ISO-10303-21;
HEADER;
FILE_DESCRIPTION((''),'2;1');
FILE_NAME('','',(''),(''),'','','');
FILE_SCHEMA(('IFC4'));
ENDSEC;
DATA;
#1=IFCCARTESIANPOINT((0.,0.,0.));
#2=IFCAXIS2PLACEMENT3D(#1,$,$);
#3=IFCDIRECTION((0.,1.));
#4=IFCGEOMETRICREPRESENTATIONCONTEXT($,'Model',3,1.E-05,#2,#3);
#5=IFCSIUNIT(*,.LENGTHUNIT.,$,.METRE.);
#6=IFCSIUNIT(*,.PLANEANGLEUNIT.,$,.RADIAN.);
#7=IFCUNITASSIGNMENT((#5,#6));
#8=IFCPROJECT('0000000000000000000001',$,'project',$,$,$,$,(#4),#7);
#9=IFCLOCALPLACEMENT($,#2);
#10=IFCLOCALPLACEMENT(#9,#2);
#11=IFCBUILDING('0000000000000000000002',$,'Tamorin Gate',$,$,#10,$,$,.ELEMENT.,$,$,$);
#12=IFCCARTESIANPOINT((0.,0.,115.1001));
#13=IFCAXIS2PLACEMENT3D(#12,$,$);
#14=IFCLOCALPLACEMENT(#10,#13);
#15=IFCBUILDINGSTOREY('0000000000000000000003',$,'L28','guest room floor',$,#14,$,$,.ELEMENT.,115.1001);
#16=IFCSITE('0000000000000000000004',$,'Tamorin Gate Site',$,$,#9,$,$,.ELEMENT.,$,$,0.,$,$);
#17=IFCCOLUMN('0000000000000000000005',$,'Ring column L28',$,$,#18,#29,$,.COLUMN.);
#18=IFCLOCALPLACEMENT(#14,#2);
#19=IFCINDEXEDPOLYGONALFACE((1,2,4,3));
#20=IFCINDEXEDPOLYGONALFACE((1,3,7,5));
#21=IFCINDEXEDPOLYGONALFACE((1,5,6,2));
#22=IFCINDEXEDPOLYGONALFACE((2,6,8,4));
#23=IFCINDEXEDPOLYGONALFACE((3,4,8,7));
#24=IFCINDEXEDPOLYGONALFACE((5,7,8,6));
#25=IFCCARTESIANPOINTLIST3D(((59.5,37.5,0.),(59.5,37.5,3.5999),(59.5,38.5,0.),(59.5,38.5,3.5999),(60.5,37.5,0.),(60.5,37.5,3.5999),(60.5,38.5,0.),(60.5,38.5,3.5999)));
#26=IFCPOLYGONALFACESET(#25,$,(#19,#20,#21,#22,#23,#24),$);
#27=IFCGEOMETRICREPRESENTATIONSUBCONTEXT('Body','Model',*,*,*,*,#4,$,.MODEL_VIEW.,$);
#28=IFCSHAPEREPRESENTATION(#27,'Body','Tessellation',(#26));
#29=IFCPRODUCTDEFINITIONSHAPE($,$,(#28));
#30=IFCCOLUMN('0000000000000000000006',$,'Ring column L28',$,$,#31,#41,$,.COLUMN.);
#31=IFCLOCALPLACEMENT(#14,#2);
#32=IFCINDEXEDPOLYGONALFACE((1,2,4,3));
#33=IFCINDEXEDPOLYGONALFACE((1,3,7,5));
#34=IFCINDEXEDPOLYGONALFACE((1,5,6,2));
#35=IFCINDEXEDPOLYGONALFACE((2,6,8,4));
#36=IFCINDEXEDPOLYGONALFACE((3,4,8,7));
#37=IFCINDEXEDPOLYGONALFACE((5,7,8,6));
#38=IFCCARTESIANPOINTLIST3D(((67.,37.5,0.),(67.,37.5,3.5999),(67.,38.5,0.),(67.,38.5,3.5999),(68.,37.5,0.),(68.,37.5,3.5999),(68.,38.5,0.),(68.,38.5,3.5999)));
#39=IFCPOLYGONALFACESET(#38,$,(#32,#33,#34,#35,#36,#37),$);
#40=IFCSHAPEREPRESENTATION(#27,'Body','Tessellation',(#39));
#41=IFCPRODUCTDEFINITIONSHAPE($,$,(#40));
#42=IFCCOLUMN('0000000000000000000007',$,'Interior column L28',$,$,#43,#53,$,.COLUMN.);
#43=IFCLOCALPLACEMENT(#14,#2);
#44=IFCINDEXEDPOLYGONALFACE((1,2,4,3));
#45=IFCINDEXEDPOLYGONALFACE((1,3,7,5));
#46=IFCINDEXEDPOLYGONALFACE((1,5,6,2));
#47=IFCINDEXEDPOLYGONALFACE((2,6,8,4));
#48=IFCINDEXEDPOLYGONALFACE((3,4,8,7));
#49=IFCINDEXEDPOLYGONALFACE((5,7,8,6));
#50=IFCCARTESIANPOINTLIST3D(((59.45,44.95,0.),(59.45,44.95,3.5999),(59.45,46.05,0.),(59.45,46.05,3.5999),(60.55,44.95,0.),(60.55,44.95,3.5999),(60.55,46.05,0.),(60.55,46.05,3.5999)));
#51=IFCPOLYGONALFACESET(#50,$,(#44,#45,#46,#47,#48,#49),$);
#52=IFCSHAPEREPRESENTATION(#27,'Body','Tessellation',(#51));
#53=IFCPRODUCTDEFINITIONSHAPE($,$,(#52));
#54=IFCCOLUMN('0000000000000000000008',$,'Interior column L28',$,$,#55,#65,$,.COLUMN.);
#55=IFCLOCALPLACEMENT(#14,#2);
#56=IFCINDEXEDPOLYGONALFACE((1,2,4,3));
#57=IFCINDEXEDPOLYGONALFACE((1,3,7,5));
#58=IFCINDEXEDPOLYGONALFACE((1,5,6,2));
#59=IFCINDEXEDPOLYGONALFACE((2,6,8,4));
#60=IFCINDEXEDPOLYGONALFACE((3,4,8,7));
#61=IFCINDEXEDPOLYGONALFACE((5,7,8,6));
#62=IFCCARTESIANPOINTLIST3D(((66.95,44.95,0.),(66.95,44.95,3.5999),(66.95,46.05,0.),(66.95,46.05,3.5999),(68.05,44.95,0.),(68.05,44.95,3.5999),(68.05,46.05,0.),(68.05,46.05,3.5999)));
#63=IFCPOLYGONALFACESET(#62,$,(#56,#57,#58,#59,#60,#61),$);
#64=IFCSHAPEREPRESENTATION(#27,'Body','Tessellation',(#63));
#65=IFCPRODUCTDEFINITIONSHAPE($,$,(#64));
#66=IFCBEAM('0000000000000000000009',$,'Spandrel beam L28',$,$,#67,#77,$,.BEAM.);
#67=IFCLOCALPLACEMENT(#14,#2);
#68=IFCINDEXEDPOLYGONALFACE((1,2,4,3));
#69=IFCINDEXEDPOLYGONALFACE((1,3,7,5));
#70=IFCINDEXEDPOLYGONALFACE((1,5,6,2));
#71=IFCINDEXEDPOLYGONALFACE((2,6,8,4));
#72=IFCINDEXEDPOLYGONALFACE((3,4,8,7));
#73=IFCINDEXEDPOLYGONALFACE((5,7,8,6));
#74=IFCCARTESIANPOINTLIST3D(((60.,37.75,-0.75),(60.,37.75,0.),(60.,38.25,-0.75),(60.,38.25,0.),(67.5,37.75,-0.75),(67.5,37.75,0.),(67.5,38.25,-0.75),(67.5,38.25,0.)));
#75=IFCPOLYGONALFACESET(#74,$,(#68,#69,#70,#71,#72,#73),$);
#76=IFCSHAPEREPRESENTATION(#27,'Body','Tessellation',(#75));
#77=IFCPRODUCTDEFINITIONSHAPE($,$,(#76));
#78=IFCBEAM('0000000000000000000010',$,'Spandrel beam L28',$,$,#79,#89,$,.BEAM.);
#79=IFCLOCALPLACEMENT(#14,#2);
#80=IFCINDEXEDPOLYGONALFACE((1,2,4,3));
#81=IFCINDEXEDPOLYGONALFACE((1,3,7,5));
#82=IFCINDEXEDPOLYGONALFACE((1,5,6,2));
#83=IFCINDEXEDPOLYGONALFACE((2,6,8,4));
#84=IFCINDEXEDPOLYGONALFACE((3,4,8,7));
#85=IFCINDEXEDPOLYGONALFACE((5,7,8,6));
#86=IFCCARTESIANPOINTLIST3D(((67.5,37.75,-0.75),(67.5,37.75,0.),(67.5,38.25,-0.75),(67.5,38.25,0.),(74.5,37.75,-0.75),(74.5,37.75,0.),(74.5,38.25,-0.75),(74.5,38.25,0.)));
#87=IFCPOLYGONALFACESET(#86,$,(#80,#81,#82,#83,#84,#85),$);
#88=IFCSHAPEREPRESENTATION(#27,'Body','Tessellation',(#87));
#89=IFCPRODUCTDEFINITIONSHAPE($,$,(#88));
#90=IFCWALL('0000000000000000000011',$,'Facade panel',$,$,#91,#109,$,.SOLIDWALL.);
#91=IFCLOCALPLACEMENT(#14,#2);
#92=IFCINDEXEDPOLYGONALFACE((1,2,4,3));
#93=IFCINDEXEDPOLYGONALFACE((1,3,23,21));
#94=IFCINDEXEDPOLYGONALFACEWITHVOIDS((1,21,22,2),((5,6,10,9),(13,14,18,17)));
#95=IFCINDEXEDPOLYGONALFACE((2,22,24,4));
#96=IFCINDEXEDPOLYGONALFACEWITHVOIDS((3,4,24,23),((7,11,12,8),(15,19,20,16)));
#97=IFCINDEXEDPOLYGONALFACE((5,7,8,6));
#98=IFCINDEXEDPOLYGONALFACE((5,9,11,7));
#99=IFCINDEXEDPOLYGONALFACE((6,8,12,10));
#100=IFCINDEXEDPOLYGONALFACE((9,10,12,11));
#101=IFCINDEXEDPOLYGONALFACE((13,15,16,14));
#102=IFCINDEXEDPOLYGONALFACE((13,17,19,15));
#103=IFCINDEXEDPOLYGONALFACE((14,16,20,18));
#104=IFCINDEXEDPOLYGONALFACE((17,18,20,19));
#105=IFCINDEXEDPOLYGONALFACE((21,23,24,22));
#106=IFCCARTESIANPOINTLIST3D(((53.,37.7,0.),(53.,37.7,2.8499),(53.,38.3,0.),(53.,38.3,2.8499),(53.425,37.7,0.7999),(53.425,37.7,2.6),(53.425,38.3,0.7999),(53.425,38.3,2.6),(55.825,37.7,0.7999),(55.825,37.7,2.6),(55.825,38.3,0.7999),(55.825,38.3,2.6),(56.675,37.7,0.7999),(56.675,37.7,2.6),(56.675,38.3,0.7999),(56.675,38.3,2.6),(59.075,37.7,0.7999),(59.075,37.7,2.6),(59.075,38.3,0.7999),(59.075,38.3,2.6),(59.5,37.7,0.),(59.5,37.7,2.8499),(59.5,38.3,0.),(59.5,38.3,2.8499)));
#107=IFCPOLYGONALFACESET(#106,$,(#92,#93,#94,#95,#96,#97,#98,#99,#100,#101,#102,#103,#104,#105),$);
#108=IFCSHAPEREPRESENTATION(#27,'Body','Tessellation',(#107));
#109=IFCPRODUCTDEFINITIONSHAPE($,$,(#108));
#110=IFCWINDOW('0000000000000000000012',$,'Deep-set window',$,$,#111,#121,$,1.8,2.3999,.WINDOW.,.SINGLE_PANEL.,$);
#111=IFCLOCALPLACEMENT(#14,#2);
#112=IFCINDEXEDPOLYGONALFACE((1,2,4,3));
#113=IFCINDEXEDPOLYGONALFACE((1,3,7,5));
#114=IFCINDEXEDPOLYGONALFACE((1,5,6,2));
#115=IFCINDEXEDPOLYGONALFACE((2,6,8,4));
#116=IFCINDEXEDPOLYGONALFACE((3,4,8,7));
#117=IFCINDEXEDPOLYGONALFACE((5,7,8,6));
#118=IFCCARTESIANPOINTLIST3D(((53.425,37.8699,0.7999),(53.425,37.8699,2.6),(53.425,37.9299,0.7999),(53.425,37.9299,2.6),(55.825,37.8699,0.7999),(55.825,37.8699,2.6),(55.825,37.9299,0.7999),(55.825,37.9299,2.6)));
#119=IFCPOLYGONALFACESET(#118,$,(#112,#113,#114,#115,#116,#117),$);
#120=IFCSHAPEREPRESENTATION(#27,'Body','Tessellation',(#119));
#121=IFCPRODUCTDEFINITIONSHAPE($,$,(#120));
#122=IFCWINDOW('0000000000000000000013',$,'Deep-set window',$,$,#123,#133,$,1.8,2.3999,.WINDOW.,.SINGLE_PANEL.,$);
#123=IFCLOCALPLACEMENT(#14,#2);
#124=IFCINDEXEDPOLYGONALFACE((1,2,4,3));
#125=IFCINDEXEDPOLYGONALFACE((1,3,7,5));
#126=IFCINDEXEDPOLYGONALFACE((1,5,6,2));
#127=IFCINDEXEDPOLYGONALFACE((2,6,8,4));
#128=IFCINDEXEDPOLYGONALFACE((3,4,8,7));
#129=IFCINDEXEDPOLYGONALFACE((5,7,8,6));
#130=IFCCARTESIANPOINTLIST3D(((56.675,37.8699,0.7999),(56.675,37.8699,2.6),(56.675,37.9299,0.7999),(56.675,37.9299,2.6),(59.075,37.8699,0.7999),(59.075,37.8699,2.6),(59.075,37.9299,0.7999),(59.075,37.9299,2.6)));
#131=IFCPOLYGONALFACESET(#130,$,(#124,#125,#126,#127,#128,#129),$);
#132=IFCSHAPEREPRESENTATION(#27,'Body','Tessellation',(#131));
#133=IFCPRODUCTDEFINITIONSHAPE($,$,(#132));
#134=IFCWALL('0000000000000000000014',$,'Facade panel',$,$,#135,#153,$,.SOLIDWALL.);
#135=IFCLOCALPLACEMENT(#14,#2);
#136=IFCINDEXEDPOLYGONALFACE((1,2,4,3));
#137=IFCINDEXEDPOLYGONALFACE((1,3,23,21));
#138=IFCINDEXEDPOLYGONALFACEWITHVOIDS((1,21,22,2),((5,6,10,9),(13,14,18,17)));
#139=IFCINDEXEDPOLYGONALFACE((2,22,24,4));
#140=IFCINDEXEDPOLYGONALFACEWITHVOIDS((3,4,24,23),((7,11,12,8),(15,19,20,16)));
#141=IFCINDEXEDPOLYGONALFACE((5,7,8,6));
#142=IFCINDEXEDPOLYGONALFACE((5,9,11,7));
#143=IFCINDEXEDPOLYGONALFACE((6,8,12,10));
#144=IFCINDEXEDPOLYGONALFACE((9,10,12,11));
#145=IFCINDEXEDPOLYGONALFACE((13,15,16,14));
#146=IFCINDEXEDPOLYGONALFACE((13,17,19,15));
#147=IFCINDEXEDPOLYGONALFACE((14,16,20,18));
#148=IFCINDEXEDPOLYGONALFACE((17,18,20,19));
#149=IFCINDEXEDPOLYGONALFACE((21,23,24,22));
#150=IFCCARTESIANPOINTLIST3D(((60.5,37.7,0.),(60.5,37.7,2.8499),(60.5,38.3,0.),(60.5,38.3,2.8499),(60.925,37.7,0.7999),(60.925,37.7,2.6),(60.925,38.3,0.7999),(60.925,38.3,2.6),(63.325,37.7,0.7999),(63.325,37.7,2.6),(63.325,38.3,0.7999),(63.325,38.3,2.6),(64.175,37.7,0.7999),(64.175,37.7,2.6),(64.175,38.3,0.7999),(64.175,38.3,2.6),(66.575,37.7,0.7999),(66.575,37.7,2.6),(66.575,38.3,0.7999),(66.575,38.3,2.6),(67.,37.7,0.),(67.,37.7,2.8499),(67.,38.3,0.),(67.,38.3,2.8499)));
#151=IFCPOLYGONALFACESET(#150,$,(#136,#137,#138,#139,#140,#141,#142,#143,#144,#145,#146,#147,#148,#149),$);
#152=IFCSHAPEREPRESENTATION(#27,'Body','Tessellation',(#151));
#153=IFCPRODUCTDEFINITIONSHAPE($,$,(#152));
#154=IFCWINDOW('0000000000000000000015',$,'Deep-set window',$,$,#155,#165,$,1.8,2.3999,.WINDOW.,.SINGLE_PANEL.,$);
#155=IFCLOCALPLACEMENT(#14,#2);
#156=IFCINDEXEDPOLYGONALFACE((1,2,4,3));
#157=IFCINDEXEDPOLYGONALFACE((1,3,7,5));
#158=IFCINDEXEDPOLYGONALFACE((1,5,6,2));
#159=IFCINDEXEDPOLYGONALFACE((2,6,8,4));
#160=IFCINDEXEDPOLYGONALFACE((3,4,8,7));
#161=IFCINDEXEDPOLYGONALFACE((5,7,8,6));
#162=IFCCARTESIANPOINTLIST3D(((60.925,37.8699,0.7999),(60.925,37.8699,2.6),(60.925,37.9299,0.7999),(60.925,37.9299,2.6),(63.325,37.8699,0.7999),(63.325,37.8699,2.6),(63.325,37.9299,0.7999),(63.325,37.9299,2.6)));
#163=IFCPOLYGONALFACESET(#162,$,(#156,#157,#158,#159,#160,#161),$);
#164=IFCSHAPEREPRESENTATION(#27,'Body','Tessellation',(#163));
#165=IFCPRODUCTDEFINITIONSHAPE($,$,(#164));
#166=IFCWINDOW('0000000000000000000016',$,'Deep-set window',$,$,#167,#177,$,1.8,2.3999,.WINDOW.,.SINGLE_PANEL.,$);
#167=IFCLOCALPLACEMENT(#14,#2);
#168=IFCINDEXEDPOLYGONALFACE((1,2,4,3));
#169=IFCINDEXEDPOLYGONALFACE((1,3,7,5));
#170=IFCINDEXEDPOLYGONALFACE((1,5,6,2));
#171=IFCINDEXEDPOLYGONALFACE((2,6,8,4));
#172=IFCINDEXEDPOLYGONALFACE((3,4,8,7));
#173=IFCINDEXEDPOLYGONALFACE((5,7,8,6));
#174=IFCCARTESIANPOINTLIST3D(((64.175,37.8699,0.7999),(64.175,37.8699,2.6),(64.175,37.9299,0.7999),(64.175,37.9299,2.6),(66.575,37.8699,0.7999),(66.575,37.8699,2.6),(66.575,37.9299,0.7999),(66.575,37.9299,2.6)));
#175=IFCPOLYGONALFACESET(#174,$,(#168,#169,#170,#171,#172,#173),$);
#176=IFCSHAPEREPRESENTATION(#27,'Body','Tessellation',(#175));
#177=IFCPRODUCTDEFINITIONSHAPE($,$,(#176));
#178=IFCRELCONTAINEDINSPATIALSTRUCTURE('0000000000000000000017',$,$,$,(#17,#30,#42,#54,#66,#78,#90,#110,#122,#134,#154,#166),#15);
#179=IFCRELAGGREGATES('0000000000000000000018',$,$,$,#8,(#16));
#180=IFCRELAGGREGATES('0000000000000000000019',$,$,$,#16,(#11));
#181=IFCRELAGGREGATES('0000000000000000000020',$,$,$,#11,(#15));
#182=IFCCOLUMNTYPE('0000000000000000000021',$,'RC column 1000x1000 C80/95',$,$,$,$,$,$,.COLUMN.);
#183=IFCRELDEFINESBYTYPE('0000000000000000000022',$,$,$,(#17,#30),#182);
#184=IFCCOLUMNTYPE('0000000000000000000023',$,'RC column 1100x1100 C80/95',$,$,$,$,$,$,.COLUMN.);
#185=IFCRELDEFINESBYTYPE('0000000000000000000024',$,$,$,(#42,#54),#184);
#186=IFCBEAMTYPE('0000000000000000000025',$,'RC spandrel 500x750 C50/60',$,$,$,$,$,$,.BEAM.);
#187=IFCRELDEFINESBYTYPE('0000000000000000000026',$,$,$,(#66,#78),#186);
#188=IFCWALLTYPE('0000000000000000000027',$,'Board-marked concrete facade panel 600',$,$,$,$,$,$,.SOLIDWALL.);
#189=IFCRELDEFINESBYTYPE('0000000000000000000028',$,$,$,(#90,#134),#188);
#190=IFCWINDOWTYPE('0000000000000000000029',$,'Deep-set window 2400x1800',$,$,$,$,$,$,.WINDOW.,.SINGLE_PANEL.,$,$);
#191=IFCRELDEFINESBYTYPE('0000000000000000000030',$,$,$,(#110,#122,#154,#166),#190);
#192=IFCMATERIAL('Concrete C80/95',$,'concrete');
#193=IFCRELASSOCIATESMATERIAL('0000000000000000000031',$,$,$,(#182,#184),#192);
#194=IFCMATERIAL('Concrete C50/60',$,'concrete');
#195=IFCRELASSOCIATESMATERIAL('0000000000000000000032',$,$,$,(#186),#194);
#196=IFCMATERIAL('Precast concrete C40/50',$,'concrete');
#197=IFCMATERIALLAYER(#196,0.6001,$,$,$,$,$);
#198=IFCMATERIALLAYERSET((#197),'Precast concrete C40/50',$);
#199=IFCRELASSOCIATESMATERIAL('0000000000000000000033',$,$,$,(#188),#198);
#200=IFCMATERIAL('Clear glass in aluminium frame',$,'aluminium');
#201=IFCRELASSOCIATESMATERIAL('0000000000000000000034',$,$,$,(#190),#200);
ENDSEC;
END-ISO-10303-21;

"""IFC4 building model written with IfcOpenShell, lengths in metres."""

from ifc_helpers import new_model, si_unit, direction, frame, frame_2d, origin, origin_2d, place, context, subcontext, project, spatial, rectangle, extrude, material, layer, layer_set, material_profile, profile_set, type_object, element, fill, save


model = new_model("IFC4")

# Units and contexts
model_context = context("Model", 3, precision=1e-05, world=origin(), true_north=direction((0.0, 1.0)))
body_context = subcontext(model_context, "Body", "Model", "MODEL_VIEW")
ifc_project = project(units=[si_unit("LENGTHUNIT", "METRE"), si_unit("PLANEANGLEUNIT", "RADIAN")], contexts=[model_context])

# Site, building, storey
site_placement = place(None, origin())
site = spatial("IfcSite", under=ifc_project, at=site_placement, Name="Tamorin Gate Site", CompositionType="ELEMENT", RefElevation=0.0)
building_placement = place(site_placement, origin())
building = spatial("IfcBuilding", under=site, at=building_placement, Name="Tamorin Gate", CompositionType="ELEMENT")
storey_placement = place(building_placement, frame((0.0, 0.0, 115.1001)))
storey = spatial("IfcBuildingStorey", under=building, at=storey_placement, Name="L28", Description="guest room floor", CompositionType="ELEMENT", Elevation=115.1001)

# Columns
ifc_material_1 = material(Name="Concrete C80/95", Category="concrete")
ifc_material_profile_1 = material_profile(ifc_material_1, rectangle(XDim=1.0, YDim=1.0, at=origin_2d()), Name="RC 1000x1000")
ifc_profile_set_1 = profile_set([ifc_material_profile_1], Name="Concrete C80/95")
column_type_1 = type_object("IfcColumnType", Name="RC column 1000x1000 C80/95", PredefinedType="COLUMN", material=ifc_profile_set_1)
for number, where, z_axis, x_axis, name in (
    (1, (60.0, 38.0, 0.0), (0.0, 0.0, 1.0), (1.0, 0.0, 0.0), "Ring column L28"),
    (2, (67.5, 38.0, 0.0), (0.0, 0.0, 1.0), (1.0, 0.0, 0.0), "Ring column L28"),
):
    element("IfcColumn", number, at=place(storey_placement, frame(where, z_axis=z_axis, x_axis=x_axis)), inside=storey, type_object=column_type_1, Name=name, PredefinedType="COLUMN", context=body_context, shape_type="SweptSolid", body=[
        extrude(rectangle(XDim=1.0, YDim=1.0, at=origin_2d()), origin(), (0.0, 0.0, 1.0), 3.5999),
    ])
ifc_material_profile_2 = material_profile(ifc_material_1, rectangle(XDim=1.1001, YDim=1.1001, at=origin_2d()), Name="RC 1100x1100")
ifc_profile_set_2 = profile_set([ifc_material_profile_2], Name="Concrete C80/95")
column_type_2 = type_object("IfcColumnType", Name="RC column 1100x1100 C80/95", PredefinedType="COLUMN", material=ifc_profile_set_2)
for number, where, z_axis, x_axis, name in (
    (3, (60.0, 45.5, 0.0), (0.0, 0.0, 1.0), (1.0, 0.0, 0.0), "Interior column L28"),
    (4, (67.5, 45.5, 0.0), (0.0, 0.0, 1.0), (1.0, 0.0, 0.0), "Interior column L28"),
):
    element("IfcColumn", number, at=place(storey_placement, frame(where, z_axis=z_axis, x_axis=x_axis)), inside=storey, type_object=column_type_2, Name=name, PredefinedType="COLUMN", context=body_context, shape_type="SweptSolid", body=[
        extrude(rectangle(XDim=1.1001, YDim=1.1001, at=origin_2d()), origin(), (0.0, 0.0, 1.0), 3.5999),
    ])

# Beams
ifc_material_2 = material(Name="Concrete C50/60", Category="concrete")
ifc_material_profile_3 = material_profile(ifc_material_2, rectangle(XDim=0.5, YDim=0.75, at=origin_2d()), Name="RC 500x750")
ifc_profile_set_3 = profile_set([ifc_material_profile_3], Name="Concrete C50/60")
beam_type = type_object("IfcBeamType", Name="RC spandrel 500x750 C50/60", PredefinedType="BEAM", material=ifc_profile_set_3)
beam_1_placement = place(storey_placement, frame((60.0, 38.0, -0.375), z_axis=(1.0, 0.0, 0.0), x_axis=(0.0, 1.0, 0.0)))
element("IfcBeam", 5, at=beam_1_placement, inside=storey, type_object=beam_type, Name="Spandrel beam L28", PredefinedType="BEAM", context=body_context, shape_type="SweptSolid", body=[
    extrude(rectangle(XDim=0.5, YDim=0.75, at=origin_2d()), origin(), (0.0, 0.0, 1.0), 7.5),
])
beam_2_placement = place(storey_placement, frame((67.5, 38.0, -0.375), z_axis=(1.0, 0.0, 0.0), x_axis=(0.0, 1.0, 0.0)))
element("IfcBeam", 6, at=beam_2_placement, inside=storey, type_object=beam_type, Name="Spandrel beam L28", PredefinedType="BEAM", context=body_context, shape_type="SweptSolid", body=[
    extrude(rectangle(XDim=0.5, YDim=0.75, at=origin_2d()), origin(), (0.0, 0.0, 1.0), 7.0),
])

# Walls, openings, windows
ifc_material_3 = material(Name="Precast concrete C40/50", Category="concrete")
ifc_layer_1 = layer(ifc_material_3, 0.6001)
ifc_layer_set_1 = layer_set([ifc_layer_1], Name="Precast concrete C40/50")
wall_type_1 = type_object("IfcWallType", Name="Board-marked concrete facade panel 600", PredefinedType="SOLIDWALL", material=ifc_layer_set_1)
wall_1_placement = place(storey_placement, frame((53.0, 38.0, 0.0), z_axis=(0.0, 0.0, 1.0), x_axis=(1.0, 0.0, 0.0)))
wall_1 = element("IfcWall", 7, at=wall_1_placement, inside=storey, type_object=wall_type_1, Name="Facade panel", PredefinedType="SOLIDWALL", context=body_context, shape_type="SweptSolid", body=[
    extrude(rectangle(XDim=6.5, YDim=0.6001, at=frame_2d((3.25, 0.0))), origin(), (0.0, 0.0, 1.0), 2.8499),
])
opening_1_placement = place(wall_1_placement, frame((0.425, 0.0, 0.8)))
opening_1 = element("IfcOpeningElement", 8, at=opening_1_placement, cuts=wall_1, PredefinedType="OPENING", context=body_context, shape_type="SweptSolid", body=[
    extrude(rectangle(XDim=2.3999, YDim=1.8, at=frame_2d((1.2, 0.8999))), frame((0.0, 0.3101, 0.0), z_axis=(0.0, -1.0, 0.0), x_axis=(1.0, 0.0, 0.0)), (0.0, 0.0, 1.0), 0.6201),
])
opening_2_placement = place(wall_1_placement, frame((3.675, 0.0, 0.8)))
opening_2 = element("IfcOpeningElement", 9, at=opening_2_placement, cuts=wall_1, PredefinedType="OPENING", context=body_context, shape_type="SweptSolid", body=[
    extrude(rectangle(XDim=2.3999, YDim=1.8, at=frame_2d((1.2, 0.8999))), frame((0.0, 0.3101, 0.0), z_axis=(0.0, -1.0, 0.0), x_axis=(1.0, 0.0, 0.0)), (0.0, 0.0, 1.0), 0.6201),
])
ifc_material_4 = material(Name="Clear glass in aluminium frame", Category="aluminium")
window_type = type_object("IfcWindowType", Name="Deep-set window 2400x1800", PartitioningType="SINGLE_PANEL", PredefinedType="WINDOW", material=ifc_material_4)
window_1_placement = place(opening_1_placement, origin())
window_1 = element("IfcWindow", 10, at=window_1_placement, inside=storey, type_object=window_type, Name="Deep-set window", OverallHeight=1.8, OverallWidth=2.3999, PartitioningType="SINGLE_PANEL", PredefinedType="WINDOW", context=body_context, shape_type="SweptSolid", body=[
    extrude(rectangle(XDim=2.3999, YDim=1.8, at=frame_2d((1.2, 0.8999))), frame((0.0, -0.0701, 0.0), z_axis=(0.0, -1.0, 0.0), x_axis=(1.0, 0.0, 0.0)), (0.0, 0.0, 1.0), 0.0601),
])
fill(opening_1, window_1)
window_2_placement = place(opening_2_placement, origin())
window_2 = element("IfcWindow", 11, at=window_2_placement, inside=storey, type_object=window_type, Name="Deep-set window", OverallHeight=1.8, OverallWidth=2.3999, PartitioningType="SINGLE_PANEL", PredefinedType="WINDOW", context=body_context, shape_type="SweptSolid", body=[
    extrude(rectangle(XDim=2.3999, YDim=1.8, at=frame_2d((1.2, 0.8999))), frame((0.0, -0.0701, 0.0), z_axis=(0.0, -1.0, 0.0), x_axis=(1.0, 0.0, 0.0)), (0.0, 0.0, 1.0), 0.0601),
])
fill(opening_2, window_2)
wall_2_placement = place(storey_placement, frame((60.5, 38.0, 0.0), z_axis=(0.0, 0.0, 1.0), x_axis=(1.0, 0.0, 0.0)))
wall_2 = element("IfcWall", 12, at=wall_2_placement, inside=storey, type_object=wall_type_1, Name="Facade panel", PredefinedType="SOLIDWALL", context=body_context, shape_type="SweptSolid", body=[
    extrude(rectangle(XDim=6.5, YDim=0.6001, at=frame_2d((3.25, 0.0))), origin(), (0.0, 0.0, 1.0), 2.8499),
])
opening_3_placement = place(wall_2_placement, frame((0.425, 0.0, 0.8)))
opening_3 = element("IfcOpeningElement", 13, at=opening_3_placement, cuts=wall_2, PredefinedType="OPENING", context=body_context, shape_type="SweptSolid", body=[
    extrude(rectangle(XDim=2.3999, YDim=1.8, at=frame_2d((1.2, 0.8999))), frame((0.0, 0.3101, 0.0), z_axis=(0.0, -1.0, 0.0), x_axis=(1.0, 0.0, 0.0)), (0.0, 0.0, 1.0), 0.6201),
])
opening_4_placement = place(wall_2_placement, frame((3.675, 0.0, 0.8)))
opening_4 = element("IfcOpeningElement", 14, at=opening_4_placement, cuts=wall_2, PredefinedType="OPENING", context=body_context, shape_type="SweptSolid", body=[
    extrude(rectangle(XDim=2.3999, YDim=1.8, at=frame_2d((1.2, 0.8999))), frame((0.0, 0.3101, 0.0), z_axis=(0.0, -1.0, 0.0), x_axis=(1.0, 0.0, 0.0)), (0.0, 0.0, 1.0), 0.6201),
])
window_3_placement = place(opening_3_placement, origin())
window_3 = element("IfcWindow", 15, at=window_3_placement, inside=storey, type_object=window_type, Name="Deep-set window", OverallHeight=1.8, OverallWidth=2.3999, PartitioningType="SINGLE_PANEL", PredefinedType="WINDOW", context=body_context, shape_type="SweptSolid", body=[
    extrude(rectangle(XDim=2.3999, YDim=1.8, at=frame_2d((1.2, 0.8999))), frame((0.0, -0.0701, 0.0), z_axis=(0.0, -1.0, 0.0), x_axis=(1.0, 0.0, 0.0)), (0.0, 0.0, 1.0), 0.0601),
])
fill(opening_3, window_3)
window_4_placement = place(opening_4_placement, origin())
window_4 = element("IfcWindow", 16, at=window_4_placement, inside=storey, type_object=window_type, Name="Deep-set window", OverallHeight=1.8, OverallWidth=2.3999, PartitioningType="SINGLE_PANEL", PredefinedType="WINDOW", context=body_context, shape_type="SweptSolid", body=[
    extrude(rectangle(XDim=2.3999, YDim=1.8, at=frame_2d((1.2, 0.8999))), frame((0.0, -0.0701, 0.0), z_axis=(0.0, -1.0, 0.0), x_axis=(1.0, 0.0, 0.0)), (0.0, 0.0, 1.0), 0.0601),
])
fill(opening_4, window_4)

save(model, "model.ifc")
